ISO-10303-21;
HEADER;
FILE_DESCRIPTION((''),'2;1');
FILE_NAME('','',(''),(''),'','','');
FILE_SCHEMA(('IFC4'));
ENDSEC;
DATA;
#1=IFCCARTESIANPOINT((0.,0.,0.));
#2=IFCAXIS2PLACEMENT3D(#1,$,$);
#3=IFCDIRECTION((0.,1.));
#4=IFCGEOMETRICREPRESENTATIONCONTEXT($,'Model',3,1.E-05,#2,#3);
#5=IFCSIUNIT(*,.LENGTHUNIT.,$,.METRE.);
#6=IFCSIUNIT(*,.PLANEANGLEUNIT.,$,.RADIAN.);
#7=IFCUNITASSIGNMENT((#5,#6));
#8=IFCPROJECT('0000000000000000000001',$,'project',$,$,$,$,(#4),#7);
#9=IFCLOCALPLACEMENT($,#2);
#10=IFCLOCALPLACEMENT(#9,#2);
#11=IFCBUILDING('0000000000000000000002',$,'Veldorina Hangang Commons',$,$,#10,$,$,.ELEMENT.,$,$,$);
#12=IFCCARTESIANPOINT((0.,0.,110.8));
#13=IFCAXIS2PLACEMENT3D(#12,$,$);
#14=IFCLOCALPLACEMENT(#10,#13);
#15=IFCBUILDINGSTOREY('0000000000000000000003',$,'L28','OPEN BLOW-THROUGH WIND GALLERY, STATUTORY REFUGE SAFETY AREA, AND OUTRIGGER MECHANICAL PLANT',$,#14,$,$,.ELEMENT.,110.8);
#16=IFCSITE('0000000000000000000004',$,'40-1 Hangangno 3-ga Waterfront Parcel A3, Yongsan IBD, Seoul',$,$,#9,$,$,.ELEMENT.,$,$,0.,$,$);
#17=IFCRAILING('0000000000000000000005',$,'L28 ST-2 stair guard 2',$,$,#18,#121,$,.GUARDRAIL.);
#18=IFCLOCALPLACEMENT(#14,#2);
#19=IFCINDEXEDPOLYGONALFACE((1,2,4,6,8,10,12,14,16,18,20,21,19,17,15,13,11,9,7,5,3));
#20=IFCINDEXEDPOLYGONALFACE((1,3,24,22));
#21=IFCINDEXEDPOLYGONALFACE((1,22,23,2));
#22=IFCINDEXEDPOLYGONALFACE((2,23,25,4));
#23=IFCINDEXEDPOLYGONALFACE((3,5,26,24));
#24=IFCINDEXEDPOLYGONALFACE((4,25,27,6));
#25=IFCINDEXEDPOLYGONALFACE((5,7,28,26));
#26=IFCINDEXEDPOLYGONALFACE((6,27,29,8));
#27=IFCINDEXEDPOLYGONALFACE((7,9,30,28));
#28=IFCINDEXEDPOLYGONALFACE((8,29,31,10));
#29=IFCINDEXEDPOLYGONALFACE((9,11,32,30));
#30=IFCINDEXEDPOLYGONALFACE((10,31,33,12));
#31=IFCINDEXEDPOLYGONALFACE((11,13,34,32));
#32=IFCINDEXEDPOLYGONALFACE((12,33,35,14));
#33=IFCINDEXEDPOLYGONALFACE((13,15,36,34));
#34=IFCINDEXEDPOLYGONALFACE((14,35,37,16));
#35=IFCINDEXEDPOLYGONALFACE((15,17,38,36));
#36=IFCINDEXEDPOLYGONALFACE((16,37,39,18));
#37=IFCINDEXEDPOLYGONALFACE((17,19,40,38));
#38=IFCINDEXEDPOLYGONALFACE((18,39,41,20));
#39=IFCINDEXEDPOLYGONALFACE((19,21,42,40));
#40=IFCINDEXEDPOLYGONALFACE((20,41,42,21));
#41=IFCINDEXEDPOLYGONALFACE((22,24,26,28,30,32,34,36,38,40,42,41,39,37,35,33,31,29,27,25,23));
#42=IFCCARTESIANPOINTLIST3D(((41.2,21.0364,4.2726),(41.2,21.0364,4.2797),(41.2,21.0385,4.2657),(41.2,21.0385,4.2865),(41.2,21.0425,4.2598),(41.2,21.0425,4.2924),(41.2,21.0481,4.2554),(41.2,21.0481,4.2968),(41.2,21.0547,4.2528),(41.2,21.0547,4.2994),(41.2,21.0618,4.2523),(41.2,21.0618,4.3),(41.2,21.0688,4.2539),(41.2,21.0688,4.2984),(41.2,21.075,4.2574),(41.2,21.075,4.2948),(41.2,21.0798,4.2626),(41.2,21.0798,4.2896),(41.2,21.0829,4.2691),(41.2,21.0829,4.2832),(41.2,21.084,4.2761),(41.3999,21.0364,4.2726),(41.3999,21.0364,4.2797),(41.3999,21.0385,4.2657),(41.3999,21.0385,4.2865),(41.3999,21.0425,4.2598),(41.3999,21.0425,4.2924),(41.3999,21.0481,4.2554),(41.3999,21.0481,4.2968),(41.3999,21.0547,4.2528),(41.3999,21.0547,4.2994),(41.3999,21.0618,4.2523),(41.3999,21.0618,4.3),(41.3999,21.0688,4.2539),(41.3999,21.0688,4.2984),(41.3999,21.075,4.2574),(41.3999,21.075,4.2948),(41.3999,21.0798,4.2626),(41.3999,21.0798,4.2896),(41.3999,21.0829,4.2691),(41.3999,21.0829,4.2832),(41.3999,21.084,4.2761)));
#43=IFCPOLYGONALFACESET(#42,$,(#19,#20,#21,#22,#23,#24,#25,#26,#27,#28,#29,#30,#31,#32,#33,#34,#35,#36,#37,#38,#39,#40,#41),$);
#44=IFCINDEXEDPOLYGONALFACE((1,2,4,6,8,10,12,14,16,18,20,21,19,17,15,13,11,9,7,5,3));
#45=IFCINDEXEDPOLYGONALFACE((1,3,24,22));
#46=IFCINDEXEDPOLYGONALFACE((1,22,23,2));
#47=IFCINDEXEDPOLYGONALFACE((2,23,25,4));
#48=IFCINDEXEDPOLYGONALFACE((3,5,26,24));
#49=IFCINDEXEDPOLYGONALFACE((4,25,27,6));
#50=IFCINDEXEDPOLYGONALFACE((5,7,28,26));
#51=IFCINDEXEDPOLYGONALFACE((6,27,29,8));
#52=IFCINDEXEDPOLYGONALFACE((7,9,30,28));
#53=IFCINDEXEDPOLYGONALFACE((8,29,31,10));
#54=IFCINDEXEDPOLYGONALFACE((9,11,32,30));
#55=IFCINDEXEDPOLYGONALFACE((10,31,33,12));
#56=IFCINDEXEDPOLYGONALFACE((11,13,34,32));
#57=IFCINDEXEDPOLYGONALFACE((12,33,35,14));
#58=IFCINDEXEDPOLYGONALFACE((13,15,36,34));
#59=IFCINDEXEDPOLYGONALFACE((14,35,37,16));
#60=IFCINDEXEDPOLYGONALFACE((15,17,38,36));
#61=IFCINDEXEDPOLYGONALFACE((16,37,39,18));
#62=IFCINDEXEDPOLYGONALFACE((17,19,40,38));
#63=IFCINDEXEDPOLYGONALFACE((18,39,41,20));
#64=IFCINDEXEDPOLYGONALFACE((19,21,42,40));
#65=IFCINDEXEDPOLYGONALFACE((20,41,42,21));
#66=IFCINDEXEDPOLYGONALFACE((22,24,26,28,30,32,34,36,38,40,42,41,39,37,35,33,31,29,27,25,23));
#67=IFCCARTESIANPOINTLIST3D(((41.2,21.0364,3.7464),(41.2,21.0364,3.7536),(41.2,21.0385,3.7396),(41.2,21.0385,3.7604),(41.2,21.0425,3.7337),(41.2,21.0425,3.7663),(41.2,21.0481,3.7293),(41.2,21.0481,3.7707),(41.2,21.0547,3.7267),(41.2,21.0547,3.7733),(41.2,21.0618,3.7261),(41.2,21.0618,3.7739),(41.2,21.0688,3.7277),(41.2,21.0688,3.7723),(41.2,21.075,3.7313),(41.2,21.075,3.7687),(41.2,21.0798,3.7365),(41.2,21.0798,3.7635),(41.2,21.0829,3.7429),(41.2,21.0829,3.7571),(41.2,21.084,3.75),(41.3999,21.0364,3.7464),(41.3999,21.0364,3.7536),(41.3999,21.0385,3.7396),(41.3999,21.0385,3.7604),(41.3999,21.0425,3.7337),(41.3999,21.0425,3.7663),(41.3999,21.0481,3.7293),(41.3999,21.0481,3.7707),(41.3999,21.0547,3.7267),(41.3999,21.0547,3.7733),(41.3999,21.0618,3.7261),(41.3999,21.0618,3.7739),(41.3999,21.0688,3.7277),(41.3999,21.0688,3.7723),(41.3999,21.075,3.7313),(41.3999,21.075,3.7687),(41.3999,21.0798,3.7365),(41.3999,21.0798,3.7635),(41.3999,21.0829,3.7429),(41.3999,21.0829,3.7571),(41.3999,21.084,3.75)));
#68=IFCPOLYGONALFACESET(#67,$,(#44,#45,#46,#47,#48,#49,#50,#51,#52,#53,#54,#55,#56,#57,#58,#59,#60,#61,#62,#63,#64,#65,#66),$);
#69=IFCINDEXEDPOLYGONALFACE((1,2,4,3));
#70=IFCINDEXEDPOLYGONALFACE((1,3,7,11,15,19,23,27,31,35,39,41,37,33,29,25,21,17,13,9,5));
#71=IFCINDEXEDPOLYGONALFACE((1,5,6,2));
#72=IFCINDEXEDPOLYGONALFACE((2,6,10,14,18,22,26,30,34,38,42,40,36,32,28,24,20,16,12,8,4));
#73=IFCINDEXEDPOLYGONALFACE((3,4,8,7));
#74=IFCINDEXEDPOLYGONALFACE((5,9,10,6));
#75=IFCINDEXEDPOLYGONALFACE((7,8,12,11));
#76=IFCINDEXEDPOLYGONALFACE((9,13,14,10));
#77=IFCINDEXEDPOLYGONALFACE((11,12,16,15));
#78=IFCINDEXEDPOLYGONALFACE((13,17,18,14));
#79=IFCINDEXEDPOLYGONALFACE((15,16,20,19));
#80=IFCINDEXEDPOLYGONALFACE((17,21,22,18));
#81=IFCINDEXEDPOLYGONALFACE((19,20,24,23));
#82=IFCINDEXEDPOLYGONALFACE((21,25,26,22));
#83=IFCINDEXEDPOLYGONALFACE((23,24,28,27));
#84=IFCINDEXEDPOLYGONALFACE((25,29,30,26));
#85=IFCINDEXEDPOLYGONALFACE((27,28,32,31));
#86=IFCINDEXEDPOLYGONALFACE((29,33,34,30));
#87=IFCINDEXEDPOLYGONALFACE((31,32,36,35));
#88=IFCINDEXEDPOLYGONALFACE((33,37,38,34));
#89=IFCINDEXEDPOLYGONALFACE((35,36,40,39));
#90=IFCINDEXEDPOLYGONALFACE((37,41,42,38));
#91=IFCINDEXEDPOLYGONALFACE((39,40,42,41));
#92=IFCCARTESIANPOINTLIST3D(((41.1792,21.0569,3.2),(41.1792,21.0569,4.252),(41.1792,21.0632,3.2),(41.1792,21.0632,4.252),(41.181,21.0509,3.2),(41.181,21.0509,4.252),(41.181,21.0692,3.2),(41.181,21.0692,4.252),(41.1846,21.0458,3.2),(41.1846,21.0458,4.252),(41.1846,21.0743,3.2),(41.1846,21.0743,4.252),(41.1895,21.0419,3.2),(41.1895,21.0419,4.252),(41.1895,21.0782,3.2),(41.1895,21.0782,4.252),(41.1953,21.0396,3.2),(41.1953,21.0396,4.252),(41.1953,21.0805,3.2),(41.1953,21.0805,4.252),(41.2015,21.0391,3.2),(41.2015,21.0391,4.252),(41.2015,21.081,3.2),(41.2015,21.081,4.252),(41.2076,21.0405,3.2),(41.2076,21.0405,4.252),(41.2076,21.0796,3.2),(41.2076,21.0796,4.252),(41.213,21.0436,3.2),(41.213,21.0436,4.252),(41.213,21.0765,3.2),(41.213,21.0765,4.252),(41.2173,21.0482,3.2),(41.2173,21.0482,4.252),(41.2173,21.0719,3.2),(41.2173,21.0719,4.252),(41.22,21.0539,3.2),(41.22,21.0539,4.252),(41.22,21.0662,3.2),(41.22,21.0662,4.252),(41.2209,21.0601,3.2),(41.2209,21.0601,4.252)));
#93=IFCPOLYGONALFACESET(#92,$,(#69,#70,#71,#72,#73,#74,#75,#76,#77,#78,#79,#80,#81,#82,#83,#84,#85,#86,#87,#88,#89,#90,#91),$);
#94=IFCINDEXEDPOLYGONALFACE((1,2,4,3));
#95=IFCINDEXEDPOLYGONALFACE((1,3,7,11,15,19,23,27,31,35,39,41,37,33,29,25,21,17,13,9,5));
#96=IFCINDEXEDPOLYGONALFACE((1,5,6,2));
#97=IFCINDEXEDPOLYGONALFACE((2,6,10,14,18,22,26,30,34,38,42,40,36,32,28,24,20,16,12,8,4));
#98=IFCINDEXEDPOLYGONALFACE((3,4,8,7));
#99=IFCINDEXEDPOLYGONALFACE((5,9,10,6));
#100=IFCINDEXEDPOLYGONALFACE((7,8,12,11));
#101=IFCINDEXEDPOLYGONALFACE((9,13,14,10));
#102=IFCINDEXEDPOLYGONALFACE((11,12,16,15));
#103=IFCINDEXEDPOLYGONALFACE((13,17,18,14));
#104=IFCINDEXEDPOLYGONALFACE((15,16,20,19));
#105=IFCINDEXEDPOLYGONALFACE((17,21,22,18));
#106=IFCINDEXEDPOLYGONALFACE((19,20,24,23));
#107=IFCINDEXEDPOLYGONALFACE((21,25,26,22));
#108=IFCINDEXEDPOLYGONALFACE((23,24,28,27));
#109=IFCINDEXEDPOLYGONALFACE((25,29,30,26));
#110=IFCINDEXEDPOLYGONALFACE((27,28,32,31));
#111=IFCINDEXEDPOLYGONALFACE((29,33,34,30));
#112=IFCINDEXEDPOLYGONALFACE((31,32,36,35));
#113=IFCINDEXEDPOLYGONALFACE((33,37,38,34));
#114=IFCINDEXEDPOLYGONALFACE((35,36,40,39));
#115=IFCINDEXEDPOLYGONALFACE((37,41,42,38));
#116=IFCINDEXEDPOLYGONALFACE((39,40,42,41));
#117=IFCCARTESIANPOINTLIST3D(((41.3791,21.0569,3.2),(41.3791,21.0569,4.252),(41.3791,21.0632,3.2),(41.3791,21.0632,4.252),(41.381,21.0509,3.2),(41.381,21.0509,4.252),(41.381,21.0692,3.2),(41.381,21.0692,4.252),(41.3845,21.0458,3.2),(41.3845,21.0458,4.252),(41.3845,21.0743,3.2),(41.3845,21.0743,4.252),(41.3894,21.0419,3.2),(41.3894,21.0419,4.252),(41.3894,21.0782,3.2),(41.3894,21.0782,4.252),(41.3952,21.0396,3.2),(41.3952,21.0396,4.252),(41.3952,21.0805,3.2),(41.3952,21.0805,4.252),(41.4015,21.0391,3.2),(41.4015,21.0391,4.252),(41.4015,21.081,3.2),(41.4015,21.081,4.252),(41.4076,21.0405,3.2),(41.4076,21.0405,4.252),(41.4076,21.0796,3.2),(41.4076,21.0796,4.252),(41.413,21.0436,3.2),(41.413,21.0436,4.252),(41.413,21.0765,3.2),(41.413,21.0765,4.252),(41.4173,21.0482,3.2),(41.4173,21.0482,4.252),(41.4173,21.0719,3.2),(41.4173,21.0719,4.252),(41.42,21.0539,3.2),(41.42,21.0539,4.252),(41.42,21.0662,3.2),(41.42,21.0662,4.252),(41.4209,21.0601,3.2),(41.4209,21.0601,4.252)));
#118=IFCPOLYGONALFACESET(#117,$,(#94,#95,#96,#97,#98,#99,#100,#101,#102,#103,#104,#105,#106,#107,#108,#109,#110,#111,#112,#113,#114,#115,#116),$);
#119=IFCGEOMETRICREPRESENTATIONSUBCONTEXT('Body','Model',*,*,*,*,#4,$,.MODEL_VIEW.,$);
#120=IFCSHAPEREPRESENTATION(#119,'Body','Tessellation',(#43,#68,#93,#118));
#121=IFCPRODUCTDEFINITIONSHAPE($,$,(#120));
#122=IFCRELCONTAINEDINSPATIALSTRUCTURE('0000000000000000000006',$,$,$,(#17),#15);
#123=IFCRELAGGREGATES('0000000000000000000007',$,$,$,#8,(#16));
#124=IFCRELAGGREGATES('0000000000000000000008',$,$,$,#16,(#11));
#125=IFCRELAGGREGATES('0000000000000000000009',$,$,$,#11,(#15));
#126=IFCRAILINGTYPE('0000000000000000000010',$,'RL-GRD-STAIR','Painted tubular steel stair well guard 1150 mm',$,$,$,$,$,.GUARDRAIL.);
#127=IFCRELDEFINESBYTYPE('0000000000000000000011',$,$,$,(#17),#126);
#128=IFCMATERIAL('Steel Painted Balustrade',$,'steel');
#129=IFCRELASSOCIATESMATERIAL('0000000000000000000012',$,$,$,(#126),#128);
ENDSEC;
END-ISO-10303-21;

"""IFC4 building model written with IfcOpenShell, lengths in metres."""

from ifc_helpers import new_model, si_unit, direction, frame, origin, origin_2d, place, context, subcontext, project, spatial, circle, extrude, material, type_object, element, save


model = new_model("IFC4")

# Units and contexts
model_context = context("Model", 3, precision=1e-05, world=origin(), true_north=direction((0.0, 1.0)))
body_context = subcontext(model_context, "Body", "Model", "MODEL_VIEW")
ifc_project = project(units=[si_unit("LENGTHUNIT", "METRE"), si_unit("PLANEANGLEUNIT", "RADIAN")], contexts=[model_context])

# Site, building, storey
site_placement = place(None, origin())
site = spatial("IfcSite", under=ifc_project, at=site_placement, Name="40-1 Hangangno 3-ga Waterfront Parcel A3, Yongsan IBD, Seoul", CompositionType="ELEMENT", RefElevation=0.0)
building_placement = place(site_placement, origin())
building = spatial("IfcBuilding", under=site, at=building_placement, Name="Veldorina Hangang Commons", CompositionType="ELEMENT")
storey_placement = place(building_placement, frame((0.0, 0.0, 110.8)))
storey = spatial("IfcBuildingStorey", under=building, at=storey_placement, Name="L28", Description="OPEN BLOW-THROUGH WIND GALLERY, STATUTORY REFUGE SAFETY AREA, AND OUTRIGGER MECHANICAL PLANT", CompositionType="ELEMENT", Elevation=110.8)

# Railing
ifc_material_1 = material(Name="Steel Painted Balustrade", Category="steel")
railing_type_1 = type_object("IfcRailingType", Name="RL-GRD-STAIR", Description="Painted tubular steel stair well guard 1150 mm", PredefinedType="GUARDRAIL", material=ifc_material_1)
railing_1_placement = place(storey_placement, frame((41.2, 21.0601, 3.2)))
element("IfcRailing", 1, at=railing_1_placement, inside=storey, type_object=railing_type_1, Name="L28 ST-2 stair guard 2", PredefinedType="GUARDRAIL", context=body_context, shape_type="SweptSolid", body=[
    extrude(circle(Radius=0.0239, at=origin_2d()), frame((0.0, 0.0, 1.0762), z_axis=(1.0, 0.0, 0.0), x_axis=(0.0, 1.0, 0.0)), (0.0, 0.0, 1.0), 0.2),
    extrude(circle(Radius=0.0239, at=origin_2d()), frame((0.0, 0.0, 0.55), z_axis=(1.0, 0.0, 0.0), x_axis=(0.0, 1.0, 0.0)), (0.0, 0.0, 1.0), 0.2),
    extrude(circle(Radius=0.021, at=origin_2d()), origin(), (0.0, 0.0, 1.0), 1.052),
    extrude(circle(Radius=0.021, at=origin_2d()), frame((0.2, 0.0, 0.0)), (0.0, 0.0, 1.0), 1.052),
])

save(model, "model.ifc")
